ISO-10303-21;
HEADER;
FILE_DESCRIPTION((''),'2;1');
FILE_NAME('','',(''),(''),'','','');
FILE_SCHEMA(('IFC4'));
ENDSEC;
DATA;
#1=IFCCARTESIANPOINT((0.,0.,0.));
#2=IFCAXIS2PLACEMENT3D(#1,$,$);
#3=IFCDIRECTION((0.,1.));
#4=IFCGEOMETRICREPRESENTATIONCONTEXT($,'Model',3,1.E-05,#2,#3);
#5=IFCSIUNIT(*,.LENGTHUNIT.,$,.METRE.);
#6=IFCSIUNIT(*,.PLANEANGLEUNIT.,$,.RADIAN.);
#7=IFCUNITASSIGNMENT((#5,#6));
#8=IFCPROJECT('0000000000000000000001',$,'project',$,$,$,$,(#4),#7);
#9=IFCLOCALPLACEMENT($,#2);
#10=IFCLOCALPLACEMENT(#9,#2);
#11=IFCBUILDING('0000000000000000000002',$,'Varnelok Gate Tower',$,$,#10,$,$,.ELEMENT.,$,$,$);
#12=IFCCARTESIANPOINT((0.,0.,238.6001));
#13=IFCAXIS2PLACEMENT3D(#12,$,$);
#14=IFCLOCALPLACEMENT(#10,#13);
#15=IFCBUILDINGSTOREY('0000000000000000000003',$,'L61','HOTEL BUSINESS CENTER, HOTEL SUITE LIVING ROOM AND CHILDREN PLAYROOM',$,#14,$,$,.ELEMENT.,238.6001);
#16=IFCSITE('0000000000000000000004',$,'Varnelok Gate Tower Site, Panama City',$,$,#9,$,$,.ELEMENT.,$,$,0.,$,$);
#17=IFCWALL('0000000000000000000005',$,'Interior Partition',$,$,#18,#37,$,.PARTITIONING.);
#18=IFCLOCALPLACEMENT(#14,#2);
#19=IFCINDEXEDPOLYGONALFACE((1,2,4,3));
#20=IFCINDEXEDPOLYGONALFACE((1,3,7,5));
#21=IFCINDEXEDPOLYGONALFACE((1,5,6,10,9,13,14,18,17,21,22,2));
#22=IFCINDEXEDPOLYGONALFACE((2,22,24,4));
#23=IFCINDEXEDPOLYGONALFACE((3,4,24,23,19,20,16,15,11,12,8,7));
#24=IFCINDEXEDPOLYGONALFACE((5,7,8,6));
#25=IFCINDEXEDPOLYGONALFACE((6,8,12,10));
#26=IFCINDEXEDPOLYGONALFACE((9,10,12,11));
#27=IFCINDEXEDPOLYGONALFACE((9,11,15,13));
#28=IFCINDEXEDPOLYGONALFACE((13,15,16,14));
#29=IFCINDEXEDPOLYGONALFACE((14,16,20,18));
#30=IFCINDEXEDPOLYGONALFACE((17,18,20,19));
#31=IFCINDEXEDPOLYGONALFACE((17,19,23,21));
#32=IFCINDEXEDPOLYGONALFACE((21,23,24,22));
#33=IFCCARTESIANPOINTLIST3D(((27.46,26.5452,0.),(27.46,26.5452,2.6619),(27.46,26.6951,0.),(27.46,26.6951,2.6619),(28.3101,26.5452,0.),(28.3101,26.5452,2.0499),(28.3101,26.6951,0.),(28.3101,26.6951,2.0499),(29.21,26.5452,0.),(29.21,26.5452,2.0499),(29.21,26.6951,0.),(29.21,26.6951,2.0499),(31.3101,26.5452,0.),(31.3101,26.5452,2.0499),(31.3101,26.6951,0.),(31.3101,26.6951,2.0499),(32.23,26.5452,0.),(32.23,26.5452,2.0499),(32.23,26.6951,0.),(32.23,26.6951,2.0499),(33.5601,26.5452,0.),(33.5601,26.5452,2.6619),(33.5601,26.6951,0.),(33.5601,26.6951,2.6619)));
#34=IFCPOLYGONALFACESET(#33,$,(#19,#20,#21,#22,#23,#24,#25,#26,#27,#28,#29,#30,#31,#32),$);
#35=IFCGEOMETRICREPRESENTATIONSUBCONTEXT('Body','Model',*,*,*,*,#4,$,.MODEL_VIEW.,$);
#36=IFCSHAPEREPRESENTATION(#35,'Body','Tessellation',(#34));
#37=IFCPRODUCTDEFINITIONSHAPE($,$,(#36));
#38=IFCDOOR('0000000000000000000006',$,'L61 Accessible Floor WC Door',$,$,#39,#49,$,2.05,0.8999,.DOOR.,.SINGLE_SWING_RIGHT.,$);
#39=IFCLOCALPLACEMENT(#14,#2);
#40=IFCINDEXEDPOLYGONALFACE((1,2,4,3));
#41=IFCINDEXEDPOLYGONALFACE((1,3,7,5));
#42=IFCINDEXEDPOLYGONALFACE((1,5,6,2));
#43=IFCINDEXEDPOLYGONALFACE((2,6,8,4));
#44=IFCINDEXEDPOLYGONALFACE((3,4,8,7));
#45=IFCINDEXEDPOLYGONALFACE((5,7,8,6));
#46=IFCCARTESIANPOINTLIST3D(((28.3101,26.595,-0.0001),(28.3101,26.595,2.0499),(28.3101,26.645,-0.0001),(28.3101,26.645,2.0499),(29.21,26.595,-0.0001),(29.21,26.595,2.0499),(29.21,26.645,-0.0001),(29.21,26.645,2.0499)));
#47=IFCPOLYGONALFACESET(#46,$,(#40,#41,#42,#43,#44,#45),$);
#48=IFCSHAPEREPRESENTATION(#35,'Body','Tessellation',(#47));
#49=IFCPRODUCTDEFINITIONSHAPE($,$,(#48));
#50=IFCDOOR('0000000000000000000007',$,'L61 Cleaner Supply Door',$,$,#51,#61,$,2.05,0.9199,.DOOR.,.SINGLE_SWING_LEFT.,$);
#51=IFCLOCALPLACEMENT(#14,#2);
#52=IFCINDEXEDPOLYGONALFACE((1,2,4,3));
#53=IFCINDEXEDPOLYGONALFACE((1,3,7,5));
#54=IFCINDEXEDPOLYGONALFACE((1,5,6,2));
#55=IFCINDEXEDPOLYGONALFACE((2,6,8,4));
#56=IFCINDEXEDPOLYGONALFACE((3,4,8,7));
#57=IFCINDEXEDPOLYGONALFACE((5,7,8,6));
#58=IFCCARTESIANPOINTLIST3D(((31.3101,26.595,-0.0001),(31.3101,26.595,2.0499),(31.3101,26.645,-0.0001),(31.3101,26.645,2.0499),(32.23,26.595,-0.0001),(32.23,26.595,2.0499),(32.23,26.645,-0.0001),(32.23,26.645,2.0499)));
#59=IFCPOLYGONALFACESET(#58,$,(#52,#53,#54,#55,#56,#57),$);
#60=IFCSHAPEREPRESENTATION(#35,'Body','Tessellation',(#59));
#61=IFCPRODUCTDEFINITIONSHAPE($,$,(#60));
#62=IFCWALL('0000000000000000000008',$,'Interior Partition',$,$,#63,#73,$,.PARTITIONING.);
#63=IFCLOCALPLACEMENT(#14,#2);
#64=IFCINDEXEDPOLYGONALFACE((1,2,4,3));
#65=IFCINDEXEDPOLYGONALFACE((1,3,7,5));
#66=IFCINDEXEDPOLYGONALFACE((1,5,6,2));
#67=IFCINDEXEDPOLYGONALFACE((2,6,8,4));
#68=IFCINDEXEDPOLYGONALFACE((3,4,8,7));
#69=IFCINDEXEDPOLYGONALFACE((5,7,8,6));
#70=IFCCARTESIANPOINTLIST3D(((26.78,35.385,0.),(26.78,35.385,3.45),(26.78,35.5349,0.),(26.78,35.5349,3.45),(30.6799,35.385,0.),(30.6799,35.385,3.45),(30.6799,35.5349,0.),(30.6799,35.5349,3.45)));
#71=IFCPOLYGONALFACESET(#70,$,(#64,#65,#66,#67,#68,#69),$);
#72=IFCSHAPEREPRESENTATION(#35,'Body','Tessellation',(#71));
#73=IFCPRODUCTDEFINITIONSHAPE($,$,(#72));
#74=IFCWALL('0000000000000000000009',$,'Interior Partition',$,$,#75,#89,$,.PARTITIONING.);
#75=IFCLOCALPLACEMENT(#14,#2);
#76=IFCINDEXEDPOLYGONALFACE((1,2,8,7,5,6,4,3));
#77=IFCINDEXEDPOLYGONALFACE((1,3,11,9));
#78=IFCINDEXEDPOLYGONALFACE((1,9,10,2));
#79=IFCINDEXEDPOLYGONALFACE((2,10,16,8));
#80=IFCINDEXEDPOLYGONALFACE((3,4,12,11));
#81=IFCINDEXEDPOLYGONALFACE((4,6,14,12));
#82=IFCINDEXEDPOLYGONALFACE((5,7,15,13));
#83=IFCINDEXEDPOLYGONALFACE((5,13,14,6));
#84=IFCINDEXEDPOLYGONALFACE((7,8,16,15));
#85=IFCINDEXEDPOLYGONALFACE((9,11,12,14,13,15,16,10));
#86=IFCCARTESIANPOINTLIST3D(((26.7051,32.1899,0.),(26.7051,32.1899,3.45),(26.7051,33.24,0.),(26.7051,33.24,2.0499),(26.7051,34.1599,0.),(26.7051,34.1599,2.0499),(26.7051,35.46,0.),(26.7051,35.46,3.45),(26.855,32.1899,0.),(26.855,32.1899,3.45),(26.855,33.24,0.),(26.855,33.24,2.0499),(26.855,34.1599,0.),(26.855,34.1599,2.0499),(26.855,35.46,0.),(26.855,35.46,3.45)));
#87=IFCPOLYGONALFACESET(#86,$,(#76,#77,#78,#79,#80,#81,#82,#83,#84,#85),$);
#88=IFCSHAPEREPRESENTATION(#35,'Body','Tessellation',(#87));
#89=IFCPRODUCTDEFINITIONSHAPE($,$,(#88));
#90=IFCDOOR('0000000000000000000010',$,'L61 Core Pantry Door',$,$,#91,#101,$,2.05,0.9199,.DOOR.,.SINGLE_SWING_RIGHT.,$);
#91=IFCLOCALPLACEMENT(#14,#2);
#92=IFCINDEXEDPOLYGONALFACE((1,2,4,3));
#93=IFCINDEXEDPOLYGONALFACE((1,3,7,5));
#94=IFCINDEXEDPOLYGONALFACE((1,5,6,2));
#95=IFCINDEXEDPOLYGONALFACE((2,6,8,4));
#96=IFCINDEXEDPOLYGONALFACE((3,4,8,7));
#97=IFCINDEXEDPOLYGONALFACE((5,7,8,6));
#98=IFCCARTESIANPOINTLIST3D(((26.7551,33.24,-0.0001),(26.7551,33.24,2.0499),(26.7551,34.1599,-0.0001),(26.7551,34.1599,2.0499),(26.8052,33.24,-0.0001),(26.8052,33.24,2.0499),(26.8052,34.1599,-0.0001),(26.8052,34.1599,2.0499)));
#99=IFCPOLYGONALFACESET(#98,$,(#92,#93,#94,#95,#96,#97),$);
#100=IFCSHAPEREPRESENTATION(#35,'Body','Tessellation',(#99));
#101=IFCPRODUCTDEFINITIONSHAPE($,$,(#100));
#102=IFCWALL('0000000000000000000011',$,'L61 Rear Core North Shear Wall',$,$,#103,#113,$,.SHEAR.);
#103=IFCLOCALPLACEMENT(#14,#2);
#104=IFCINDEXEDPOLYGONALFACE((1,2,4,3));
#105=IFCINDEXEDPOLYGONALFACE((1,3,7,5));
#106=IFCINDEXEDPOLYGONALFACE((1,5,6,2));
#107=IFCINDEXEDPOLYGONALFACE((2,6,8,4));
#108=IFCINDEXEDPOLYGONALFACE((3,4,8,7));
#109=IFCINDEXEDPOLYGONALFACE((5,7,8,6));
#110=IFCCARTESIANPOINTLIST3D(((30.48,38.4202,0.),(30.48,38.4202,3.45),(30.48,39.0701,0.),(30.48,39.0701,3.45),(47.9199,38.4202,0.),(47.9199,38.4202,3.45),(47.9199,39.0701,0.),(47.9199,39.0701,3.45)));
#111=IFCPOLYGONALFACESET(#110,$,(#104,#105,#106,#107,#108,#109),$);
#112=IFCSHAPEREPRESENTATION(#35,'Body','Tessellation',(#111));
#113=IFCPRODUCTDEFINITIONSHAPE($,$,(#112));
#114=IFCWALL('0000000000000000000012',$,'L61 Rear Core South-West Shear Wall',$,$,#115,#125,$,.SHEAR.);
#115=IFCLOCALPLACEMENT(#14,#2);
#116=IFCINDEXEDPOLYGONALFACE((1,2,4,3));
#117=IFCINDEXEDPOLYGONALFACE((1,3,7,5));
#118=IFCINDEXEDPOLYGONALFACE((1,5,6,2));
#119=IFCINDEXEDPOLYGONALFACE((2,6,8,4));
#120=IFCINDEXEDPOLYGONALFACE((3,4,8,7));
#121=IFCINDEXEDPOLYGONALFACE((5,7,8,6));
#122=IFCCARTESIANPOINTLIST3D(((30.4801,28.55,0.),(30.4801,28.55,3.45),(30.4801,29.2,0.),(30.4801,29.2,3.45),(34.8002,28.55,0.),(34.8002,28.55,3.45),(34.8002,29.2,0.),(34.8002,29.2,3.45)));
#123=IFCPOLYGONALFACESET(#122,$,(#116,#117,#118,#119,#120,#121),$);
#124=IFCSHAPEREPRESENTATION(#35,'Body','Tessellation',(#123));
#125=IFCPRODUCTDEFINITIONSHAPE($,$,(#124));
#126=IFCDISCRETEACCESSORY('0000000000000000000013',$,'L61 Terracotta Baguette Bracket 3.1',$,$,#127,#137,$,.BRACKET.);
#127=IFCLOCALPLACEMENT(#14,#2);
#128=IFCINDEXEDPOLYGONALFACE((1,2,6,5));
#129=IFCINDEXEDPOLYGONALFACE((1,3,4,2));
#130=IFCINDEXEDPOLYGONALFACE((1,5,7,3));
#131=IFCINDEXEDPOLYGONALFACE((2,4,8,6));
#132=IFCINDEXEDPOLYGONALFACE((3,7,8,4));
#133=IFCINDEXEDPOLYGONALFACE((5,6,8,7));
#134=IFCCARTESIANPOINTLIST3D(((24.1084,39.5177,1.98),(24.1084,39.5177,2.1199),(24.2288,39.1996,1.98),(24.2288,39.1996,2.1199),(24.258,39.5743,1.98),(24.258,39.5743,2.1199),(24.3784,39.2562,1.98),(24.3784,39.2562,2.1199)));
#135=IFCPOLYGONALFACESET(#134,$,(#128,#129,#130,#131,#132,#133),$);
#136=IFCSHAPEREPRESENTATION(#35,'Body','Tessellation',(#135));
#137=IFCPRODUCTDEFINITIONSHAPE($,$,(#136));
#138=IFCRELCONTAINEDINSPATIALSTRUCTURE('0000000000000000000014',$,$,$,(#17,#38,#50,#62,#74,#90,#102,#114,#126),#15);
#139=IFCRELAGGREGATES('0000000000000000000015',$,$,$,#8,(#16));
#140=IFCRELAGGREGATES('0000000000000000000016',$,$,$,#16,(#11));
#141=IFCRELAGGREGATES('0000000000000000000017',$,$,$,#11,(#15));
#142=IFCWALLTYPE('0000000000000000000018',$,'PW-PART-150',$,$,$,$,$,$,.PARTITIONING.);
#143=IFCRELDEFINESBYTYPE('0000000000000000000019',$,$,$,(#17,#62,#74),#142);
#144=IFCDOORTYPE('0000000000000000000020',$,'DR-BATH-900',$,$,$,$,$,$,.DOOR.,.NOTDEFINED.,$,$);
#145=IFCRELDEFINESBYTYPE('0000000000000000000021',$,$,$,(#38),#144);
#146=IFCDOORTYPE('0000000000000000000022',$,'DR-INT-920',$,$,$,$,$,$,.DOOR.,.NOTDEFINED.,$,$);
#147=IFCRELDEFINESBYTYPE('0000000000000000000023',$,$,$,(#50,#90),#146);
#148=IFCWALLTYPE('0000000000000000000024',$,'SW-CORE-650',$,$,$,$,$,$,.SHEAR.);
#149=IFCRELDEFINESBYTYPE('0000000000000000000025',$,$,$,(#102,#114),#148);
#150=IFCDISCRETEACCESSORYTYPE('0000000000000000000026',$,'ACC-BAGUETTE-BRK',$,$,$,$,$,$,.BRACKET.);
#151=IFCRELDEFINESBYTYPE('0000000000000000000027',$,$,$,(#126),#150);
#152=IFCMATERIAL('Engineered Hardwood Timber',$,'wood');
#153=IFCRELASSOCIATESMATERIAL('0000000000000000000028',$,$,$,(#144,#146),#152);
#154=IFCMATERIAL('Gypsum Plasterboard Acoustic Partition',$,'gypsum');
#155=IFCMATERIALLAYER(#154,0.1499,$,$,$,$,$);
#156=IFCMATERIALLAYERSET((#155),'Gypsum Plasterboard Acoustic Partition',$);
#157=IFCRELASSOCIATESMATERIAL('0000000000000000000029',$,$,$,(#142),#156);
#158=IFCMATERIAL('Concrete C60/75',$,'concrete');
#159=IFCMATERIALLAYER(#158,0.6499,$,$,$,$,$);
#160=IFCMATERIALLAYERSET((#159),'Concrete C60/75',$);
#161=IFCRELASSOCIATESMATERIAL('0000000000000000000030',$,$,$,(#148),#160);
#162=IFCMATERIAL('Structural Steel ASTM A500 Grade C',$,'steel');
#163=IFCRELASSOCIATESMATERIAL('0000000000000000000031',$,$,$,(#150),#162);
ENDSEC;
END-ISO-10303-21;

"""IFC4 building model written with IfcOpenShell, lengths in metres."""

from ifc_helpers import new_model, si_unit, direction, frame, frame_2d, origin, origin_2d, place, context, subcontext, project, spatial, rectangle, extrude, source, transform, mapped, material, layer, layer_set, type_object, element, fill, save


model = new_model("IFC4")

# Units and contexts
model_context = context("Model", 3, precision=1e-05, world=origin(), true_north=direction((0.0, 1.0)))
body_context = subcontext(model_context, "Body", "Model", "MODEL_VIEW")
ifc_project = project(units=[si_unit("LENGTHUNIT", "METRE"), si_unit("PLANEANGLEUNIT", "RADIAN")], contexts=[model_context])

# Site, building, storey
site_placement = place(None, origin())
site = spatial("IfcSite", under=ifc_project, at=site_placement, Name="Varnelok Gate Tower Site, Panama City", CompositionType="ELEMENT", RefElevation=0.0)
building_placement = place(site_placement, origin())
building = spatial("IfcBuilding", under=site, at=building_placement, Name="Varnelok Gate Tower", CompositionType="ELEMENT")
storey_placement = place(building_placement, frame((0.0, 0.0, 238.6001)))
storey = spatial("IfcBuildingStorey", under=building, at=storey_placement, Name="L61", Description="HOTEL BUSINESS CENTER, HOTEL SUITE LIVING ROOM AND CHILDREN PLAYROOM", CompositionType="ELEMENT", Elevation=238.6001)

# Shared definitions
ifc_material_1 = material(Name="Gypsum Plasterboard Acoustic Partition", Category="gypsum")

# Shared definitions
ifc_material_2 = material(Name="Engineered Hardwood Timber", Category="wood")
door_type_1 = type_object("IfcDoorType", Name="DR-BATH-900", OperationType="NOTDEFINED", PredefinedType="DOOR", material=ifc_material_2)

# Wall, openings, doors
ifc_layer_1 = layer(ifc_material_1, 0.1499)
ifc_layer_set_1 = layer_set([ifc_layer_1], Name="Gypsum Plasterboard Acoustic Partition")
wall_type_1 = type_object("IfcWallType", Name="PW-PART-150", PredefinedType="PARTITIONING", material=ifc_layer_set_1)
wall_1_placement = place(storey_placement, frame((27.46, 26.6201, 0.0), z_axis=(0.0, 0.0, 1.0), x_axis=(1.0, 0.0, 0.0)))
wall_1 = element("IfcWall", 1, at=wall_1_placement, inside=storey, type_object=wall_type_1, Name="Interior Partition", PredefinedType="PARTITIONING", context=body_context, shape_type="SweptSolid", body=[
    extrude(rectangle(XDim=6.1001, YDim=0.1499, at=frame_2d((3.05, 0.0))), origin(), (0.0, 0.0, 1.0), 2.6619),
])
opening_1_placement = place(wall_1_placement, frame((0.8501, 0.0, 0.0)))
opening_1 = element("IfcOpeningElement", 2, at=opening_1_placement, cuts=wall_1, PredefinedType="OPENING", context=body_context, shape_type="SweptSolid", body=[
    extrude(rectangle(XDim=0.8999, YDim=2.05, at=frame_2d((0.45, 1.0249))), frame((0.0, 0.085, 0.0), z_axis=(0.0, -1.0, 0.0), x_axis=(1.0, 0.0, 0.0)), (0.0, 0.0, 1.0), 0.1699),
])
opening_2_placement = place(wall_1_placement, frame((3.8501, 0.0, 0.0)))
opening_2 = element("IfcOpeningElement", 3, at=opening_2_placement, cuts=wall_1, PredefinedType="OPENING", context=body_context, shape_type="SweptSolid", body=[
    extrude(rectangle(XDim=0.9199, YDim=2.05, at=frame_2d((0.46, 1.0249))), frame((0.0, 0.085, 0.0), z_axis=(0.0, -1.0, 0.0), x_axis=(1.0, 0.0, 0.0)), (0.0, 0.0, 1.0), 0.1699),
])
door_1_placement = place(opening_1_placement, origin())
door_1 = element("IfcDoor", 4, at=door_1_placement, inside=storey, type_object=door_type_1, Name="L61 Accessible Floor WC Door", OperationType="SINGLE_SWING_RIGHT", OverallHeight=2.05, OverallWidth=0.8999, PredefinedType="DOOR", context=body_context, shape_type="SweptSolid", body=[
    extrude(rectangle(XDim=0.8999, YDim=2.05, at=frame_2d((0.45, 1.0249))), frame((0.0, 0.0249, 0.0), z_axis=(0.0, -1.0, 0.0), x_axis=(1.0, 0.0, 0.0)), (0.0, 0.0, 1.0), 0.05),
])
fill(opening_1, door_1)
door_type_2 = type_object("IfcDoorType", Name="DR-INT-920", OperationType="NOTDEFINED", PredefinedType="DOOR", material=ifc_material_2)
door_2_placement = place(opening_2_placement, origin())
door_2 = element("IfcDoor", 5, at=door_2_placement, inside=storey, type_object=door_type_2, Name="L61 Cleaner Supply Door", OperationType="SINGLE_SWING_LEFT", OverallHeight=2.05, OverallWidth=0.9199, PredefinedType="DOOR", context=body_context, shape_type="SweptSolid", body=[
    extrude(rectangle(XDim=0.9199, YDim=2.05, at=frame_2d((0.46, 1.0249))), frame((0.0, 0.0249, 0.0), z_axis=(0.0, -1.0, 0.0), x_axis=(1.0, 0.0, 0.0)), (0.0, 0.0, 1.0), 0.05),
])
fill(opening_2, door_2)

# Wall
wall_2_placement = place(storey_placement, frame((26.78, 35.46, 0.0), z_axis=(0.0, 0.0, 1.0), x_axis=(1.0, 0.0, 0.0)))
element("IfcWall", 6, at=wall_2_placement, inside=storey, type_object=wall_type_1, Name="Interior Partition", PredefinedType="PARTITIONING", context=body_context, shape_type="SweptSolid", body=[
    extrude(rectangle(XDim=3.8999, YDim=0.1499, at=frame_2d((1.95, 0.0))), origin(), (0.0, 0.0, 1.0), 3.45),
])

# Wall, opening, door
wall_3_placement = place(storey_placement, frame((26.78, 32.1899, 0.0), z_axis=(0.0, 0.0, 1.0), x_axis=(0.0, 1.0, 0.0)))
wall_3 = element("IfcWall", 7, at=wall_3_placement, inside=storey, type_object=wall_type_1, Name="Interior Partition", PredefinedType="PARTITIONING", context=body_context, shape_type="SweptSolid", body=[
    extrude(rectangle(XDim=3.27, YDim=0.1499, at=frame_2d((1.635, 0.0))), origin(), (0.0, 0.0, 1.0), 3.45),
])
opening_3_placement = place(wall_3_placement, frame((1.05, 0.0, 0.0)))
opening_3 = element("IfcOpeningElement", 8, at=opening_3_placement, cuts=wall_3, PredefinedType="OPENING", context=body_context, shape_type="SweptSolid", body=[
    extrude(rectangle(XDim=0.9199, YDim=2.05, at=frame_2d((0.46, 1.0249))), frame((0.0, 0.085, 0.0), z_axis=(0.0, -1.0, 0.0), x_axis=(1.0, 0.0, 0.0)), (0.0, 0.0, 1.0), 0.1699),
])
door_3_placement = place(opening_3_placement, origin())
door_3 = element("IfcDoor", 9, at=door_3_placement, inside=storey, type_object=door_type_2, Name="L61 Core Pantry Door", OperationType="SINGLE_SWING_RIGHT", OverallHeight=2.05, OverallWidth=0.9199, PredefinedType="DOOR", context=body_context, shape_type="SweptSolid", body=[
    extrude(rectangle(XDim=0.9199, YDim=2.05, at=frame_2d((0.46, 1.0249))), frame((0.0, 0.0249, 0.0), z_axis=(0.0, -1.0, 0.0), x_axis=(1.0, 0.0, 0.0)), (0.0, 0.0, 1.0), 0.05),
])
fill(opening_3, door_3)

# Walls
ifc_material_3 = material(Name="Concrete C60/75", Category="concrete")
ifc_layer_2 = layer(ifc_material_3, 0.6499)
ifc_layer_set_2 = layer_set([ifc_layer_2], Name="Concrete C60/75")
wall_type_2 = type_object("IfcWallType", Name="SW-CORE-650", PredefinedType="SHEAR", material=ifc_layer_set_2)
wall_4_placement = place(storey_placement, frame((30.48, 38.7451, 0.0), z_axis=(0.0, 0.0, 1.0), x_axis=(1.0, 0.0, 0.0)))
element("IfcWall", 10, at=wall_4_placement, inside=storey, type_object=wall_type_2, Name="L61 Rear Core North Shear Wall", PredefinedType="SHEAR", context=body_context, shape_type="SweptSolid", body=[
    extrude(rectangle(XDim=17.4399, YDim=0.6499, at=frame_2d((8.72, 0.0))), origin(), (0.0, 0.0, 1.0), 3.45),
])
wall_5_placement = place(storey_placement, frame((30.48, 28.875, 0.0), z_axis=(0.0, 0.0, 1.0), x_axis=(1.0, 0.0, 0.0)))
element("IfcWall", 11, at=wall_5_placement, inside=storey, type_object=wall_type_2, Name="L61 Rear Core South-West Shear Wall", PredefinedType="SHEAR", context=body_context, shape_type="SweptSolid", body=[
    extrude(rectangle(XDim=4.3201, YDim=0.6499, at=frame_2d((2.1602, 0.0))), origin(), (0.0, 0.0, 1.0), 3.45),
])

# Discrete accessory
ifc_material_4 = material(Name="Structural Steel ASTM A500 Grade C", Category="steel")
discrete_accessory_type = type_object("IfcDiscreteAccessoryType", Name="ACC-BAGUETTE-BRK", PredefinedType="BRACKET", material=ifc_material_4)
shared_shape = source(origin(), body_context, "Body", "SweptSolid", [
    extrude(rectangle(XDim=0.1599, YDim=0.3401, at=origin_2d()), origin(), (0.0, 0.0, 1.0), 0.1399),
])
discrete_accessory_placement = place(storey_placement, frame((24.2434, 39.387, 1.98), z_axis=(0.0, 0.0, 1.0), x_axis=(0.935222, 0.354063, 0.0)))
element("IfcDiscreteAccessory", 12, at=discrete_accessory_placement, inside=storey, type_object=discrete_accessory_type, Name="L61 Terracotta Baguette Bracket 3.1", PredefinedType="BRACKET", context=body_context, shape_type="MappedRepresentation", body=[
    mapped(shared_shape, transform((0.0, 0.0, 0.0), scale=1.0)),
])

save(model, "model.ifc")
